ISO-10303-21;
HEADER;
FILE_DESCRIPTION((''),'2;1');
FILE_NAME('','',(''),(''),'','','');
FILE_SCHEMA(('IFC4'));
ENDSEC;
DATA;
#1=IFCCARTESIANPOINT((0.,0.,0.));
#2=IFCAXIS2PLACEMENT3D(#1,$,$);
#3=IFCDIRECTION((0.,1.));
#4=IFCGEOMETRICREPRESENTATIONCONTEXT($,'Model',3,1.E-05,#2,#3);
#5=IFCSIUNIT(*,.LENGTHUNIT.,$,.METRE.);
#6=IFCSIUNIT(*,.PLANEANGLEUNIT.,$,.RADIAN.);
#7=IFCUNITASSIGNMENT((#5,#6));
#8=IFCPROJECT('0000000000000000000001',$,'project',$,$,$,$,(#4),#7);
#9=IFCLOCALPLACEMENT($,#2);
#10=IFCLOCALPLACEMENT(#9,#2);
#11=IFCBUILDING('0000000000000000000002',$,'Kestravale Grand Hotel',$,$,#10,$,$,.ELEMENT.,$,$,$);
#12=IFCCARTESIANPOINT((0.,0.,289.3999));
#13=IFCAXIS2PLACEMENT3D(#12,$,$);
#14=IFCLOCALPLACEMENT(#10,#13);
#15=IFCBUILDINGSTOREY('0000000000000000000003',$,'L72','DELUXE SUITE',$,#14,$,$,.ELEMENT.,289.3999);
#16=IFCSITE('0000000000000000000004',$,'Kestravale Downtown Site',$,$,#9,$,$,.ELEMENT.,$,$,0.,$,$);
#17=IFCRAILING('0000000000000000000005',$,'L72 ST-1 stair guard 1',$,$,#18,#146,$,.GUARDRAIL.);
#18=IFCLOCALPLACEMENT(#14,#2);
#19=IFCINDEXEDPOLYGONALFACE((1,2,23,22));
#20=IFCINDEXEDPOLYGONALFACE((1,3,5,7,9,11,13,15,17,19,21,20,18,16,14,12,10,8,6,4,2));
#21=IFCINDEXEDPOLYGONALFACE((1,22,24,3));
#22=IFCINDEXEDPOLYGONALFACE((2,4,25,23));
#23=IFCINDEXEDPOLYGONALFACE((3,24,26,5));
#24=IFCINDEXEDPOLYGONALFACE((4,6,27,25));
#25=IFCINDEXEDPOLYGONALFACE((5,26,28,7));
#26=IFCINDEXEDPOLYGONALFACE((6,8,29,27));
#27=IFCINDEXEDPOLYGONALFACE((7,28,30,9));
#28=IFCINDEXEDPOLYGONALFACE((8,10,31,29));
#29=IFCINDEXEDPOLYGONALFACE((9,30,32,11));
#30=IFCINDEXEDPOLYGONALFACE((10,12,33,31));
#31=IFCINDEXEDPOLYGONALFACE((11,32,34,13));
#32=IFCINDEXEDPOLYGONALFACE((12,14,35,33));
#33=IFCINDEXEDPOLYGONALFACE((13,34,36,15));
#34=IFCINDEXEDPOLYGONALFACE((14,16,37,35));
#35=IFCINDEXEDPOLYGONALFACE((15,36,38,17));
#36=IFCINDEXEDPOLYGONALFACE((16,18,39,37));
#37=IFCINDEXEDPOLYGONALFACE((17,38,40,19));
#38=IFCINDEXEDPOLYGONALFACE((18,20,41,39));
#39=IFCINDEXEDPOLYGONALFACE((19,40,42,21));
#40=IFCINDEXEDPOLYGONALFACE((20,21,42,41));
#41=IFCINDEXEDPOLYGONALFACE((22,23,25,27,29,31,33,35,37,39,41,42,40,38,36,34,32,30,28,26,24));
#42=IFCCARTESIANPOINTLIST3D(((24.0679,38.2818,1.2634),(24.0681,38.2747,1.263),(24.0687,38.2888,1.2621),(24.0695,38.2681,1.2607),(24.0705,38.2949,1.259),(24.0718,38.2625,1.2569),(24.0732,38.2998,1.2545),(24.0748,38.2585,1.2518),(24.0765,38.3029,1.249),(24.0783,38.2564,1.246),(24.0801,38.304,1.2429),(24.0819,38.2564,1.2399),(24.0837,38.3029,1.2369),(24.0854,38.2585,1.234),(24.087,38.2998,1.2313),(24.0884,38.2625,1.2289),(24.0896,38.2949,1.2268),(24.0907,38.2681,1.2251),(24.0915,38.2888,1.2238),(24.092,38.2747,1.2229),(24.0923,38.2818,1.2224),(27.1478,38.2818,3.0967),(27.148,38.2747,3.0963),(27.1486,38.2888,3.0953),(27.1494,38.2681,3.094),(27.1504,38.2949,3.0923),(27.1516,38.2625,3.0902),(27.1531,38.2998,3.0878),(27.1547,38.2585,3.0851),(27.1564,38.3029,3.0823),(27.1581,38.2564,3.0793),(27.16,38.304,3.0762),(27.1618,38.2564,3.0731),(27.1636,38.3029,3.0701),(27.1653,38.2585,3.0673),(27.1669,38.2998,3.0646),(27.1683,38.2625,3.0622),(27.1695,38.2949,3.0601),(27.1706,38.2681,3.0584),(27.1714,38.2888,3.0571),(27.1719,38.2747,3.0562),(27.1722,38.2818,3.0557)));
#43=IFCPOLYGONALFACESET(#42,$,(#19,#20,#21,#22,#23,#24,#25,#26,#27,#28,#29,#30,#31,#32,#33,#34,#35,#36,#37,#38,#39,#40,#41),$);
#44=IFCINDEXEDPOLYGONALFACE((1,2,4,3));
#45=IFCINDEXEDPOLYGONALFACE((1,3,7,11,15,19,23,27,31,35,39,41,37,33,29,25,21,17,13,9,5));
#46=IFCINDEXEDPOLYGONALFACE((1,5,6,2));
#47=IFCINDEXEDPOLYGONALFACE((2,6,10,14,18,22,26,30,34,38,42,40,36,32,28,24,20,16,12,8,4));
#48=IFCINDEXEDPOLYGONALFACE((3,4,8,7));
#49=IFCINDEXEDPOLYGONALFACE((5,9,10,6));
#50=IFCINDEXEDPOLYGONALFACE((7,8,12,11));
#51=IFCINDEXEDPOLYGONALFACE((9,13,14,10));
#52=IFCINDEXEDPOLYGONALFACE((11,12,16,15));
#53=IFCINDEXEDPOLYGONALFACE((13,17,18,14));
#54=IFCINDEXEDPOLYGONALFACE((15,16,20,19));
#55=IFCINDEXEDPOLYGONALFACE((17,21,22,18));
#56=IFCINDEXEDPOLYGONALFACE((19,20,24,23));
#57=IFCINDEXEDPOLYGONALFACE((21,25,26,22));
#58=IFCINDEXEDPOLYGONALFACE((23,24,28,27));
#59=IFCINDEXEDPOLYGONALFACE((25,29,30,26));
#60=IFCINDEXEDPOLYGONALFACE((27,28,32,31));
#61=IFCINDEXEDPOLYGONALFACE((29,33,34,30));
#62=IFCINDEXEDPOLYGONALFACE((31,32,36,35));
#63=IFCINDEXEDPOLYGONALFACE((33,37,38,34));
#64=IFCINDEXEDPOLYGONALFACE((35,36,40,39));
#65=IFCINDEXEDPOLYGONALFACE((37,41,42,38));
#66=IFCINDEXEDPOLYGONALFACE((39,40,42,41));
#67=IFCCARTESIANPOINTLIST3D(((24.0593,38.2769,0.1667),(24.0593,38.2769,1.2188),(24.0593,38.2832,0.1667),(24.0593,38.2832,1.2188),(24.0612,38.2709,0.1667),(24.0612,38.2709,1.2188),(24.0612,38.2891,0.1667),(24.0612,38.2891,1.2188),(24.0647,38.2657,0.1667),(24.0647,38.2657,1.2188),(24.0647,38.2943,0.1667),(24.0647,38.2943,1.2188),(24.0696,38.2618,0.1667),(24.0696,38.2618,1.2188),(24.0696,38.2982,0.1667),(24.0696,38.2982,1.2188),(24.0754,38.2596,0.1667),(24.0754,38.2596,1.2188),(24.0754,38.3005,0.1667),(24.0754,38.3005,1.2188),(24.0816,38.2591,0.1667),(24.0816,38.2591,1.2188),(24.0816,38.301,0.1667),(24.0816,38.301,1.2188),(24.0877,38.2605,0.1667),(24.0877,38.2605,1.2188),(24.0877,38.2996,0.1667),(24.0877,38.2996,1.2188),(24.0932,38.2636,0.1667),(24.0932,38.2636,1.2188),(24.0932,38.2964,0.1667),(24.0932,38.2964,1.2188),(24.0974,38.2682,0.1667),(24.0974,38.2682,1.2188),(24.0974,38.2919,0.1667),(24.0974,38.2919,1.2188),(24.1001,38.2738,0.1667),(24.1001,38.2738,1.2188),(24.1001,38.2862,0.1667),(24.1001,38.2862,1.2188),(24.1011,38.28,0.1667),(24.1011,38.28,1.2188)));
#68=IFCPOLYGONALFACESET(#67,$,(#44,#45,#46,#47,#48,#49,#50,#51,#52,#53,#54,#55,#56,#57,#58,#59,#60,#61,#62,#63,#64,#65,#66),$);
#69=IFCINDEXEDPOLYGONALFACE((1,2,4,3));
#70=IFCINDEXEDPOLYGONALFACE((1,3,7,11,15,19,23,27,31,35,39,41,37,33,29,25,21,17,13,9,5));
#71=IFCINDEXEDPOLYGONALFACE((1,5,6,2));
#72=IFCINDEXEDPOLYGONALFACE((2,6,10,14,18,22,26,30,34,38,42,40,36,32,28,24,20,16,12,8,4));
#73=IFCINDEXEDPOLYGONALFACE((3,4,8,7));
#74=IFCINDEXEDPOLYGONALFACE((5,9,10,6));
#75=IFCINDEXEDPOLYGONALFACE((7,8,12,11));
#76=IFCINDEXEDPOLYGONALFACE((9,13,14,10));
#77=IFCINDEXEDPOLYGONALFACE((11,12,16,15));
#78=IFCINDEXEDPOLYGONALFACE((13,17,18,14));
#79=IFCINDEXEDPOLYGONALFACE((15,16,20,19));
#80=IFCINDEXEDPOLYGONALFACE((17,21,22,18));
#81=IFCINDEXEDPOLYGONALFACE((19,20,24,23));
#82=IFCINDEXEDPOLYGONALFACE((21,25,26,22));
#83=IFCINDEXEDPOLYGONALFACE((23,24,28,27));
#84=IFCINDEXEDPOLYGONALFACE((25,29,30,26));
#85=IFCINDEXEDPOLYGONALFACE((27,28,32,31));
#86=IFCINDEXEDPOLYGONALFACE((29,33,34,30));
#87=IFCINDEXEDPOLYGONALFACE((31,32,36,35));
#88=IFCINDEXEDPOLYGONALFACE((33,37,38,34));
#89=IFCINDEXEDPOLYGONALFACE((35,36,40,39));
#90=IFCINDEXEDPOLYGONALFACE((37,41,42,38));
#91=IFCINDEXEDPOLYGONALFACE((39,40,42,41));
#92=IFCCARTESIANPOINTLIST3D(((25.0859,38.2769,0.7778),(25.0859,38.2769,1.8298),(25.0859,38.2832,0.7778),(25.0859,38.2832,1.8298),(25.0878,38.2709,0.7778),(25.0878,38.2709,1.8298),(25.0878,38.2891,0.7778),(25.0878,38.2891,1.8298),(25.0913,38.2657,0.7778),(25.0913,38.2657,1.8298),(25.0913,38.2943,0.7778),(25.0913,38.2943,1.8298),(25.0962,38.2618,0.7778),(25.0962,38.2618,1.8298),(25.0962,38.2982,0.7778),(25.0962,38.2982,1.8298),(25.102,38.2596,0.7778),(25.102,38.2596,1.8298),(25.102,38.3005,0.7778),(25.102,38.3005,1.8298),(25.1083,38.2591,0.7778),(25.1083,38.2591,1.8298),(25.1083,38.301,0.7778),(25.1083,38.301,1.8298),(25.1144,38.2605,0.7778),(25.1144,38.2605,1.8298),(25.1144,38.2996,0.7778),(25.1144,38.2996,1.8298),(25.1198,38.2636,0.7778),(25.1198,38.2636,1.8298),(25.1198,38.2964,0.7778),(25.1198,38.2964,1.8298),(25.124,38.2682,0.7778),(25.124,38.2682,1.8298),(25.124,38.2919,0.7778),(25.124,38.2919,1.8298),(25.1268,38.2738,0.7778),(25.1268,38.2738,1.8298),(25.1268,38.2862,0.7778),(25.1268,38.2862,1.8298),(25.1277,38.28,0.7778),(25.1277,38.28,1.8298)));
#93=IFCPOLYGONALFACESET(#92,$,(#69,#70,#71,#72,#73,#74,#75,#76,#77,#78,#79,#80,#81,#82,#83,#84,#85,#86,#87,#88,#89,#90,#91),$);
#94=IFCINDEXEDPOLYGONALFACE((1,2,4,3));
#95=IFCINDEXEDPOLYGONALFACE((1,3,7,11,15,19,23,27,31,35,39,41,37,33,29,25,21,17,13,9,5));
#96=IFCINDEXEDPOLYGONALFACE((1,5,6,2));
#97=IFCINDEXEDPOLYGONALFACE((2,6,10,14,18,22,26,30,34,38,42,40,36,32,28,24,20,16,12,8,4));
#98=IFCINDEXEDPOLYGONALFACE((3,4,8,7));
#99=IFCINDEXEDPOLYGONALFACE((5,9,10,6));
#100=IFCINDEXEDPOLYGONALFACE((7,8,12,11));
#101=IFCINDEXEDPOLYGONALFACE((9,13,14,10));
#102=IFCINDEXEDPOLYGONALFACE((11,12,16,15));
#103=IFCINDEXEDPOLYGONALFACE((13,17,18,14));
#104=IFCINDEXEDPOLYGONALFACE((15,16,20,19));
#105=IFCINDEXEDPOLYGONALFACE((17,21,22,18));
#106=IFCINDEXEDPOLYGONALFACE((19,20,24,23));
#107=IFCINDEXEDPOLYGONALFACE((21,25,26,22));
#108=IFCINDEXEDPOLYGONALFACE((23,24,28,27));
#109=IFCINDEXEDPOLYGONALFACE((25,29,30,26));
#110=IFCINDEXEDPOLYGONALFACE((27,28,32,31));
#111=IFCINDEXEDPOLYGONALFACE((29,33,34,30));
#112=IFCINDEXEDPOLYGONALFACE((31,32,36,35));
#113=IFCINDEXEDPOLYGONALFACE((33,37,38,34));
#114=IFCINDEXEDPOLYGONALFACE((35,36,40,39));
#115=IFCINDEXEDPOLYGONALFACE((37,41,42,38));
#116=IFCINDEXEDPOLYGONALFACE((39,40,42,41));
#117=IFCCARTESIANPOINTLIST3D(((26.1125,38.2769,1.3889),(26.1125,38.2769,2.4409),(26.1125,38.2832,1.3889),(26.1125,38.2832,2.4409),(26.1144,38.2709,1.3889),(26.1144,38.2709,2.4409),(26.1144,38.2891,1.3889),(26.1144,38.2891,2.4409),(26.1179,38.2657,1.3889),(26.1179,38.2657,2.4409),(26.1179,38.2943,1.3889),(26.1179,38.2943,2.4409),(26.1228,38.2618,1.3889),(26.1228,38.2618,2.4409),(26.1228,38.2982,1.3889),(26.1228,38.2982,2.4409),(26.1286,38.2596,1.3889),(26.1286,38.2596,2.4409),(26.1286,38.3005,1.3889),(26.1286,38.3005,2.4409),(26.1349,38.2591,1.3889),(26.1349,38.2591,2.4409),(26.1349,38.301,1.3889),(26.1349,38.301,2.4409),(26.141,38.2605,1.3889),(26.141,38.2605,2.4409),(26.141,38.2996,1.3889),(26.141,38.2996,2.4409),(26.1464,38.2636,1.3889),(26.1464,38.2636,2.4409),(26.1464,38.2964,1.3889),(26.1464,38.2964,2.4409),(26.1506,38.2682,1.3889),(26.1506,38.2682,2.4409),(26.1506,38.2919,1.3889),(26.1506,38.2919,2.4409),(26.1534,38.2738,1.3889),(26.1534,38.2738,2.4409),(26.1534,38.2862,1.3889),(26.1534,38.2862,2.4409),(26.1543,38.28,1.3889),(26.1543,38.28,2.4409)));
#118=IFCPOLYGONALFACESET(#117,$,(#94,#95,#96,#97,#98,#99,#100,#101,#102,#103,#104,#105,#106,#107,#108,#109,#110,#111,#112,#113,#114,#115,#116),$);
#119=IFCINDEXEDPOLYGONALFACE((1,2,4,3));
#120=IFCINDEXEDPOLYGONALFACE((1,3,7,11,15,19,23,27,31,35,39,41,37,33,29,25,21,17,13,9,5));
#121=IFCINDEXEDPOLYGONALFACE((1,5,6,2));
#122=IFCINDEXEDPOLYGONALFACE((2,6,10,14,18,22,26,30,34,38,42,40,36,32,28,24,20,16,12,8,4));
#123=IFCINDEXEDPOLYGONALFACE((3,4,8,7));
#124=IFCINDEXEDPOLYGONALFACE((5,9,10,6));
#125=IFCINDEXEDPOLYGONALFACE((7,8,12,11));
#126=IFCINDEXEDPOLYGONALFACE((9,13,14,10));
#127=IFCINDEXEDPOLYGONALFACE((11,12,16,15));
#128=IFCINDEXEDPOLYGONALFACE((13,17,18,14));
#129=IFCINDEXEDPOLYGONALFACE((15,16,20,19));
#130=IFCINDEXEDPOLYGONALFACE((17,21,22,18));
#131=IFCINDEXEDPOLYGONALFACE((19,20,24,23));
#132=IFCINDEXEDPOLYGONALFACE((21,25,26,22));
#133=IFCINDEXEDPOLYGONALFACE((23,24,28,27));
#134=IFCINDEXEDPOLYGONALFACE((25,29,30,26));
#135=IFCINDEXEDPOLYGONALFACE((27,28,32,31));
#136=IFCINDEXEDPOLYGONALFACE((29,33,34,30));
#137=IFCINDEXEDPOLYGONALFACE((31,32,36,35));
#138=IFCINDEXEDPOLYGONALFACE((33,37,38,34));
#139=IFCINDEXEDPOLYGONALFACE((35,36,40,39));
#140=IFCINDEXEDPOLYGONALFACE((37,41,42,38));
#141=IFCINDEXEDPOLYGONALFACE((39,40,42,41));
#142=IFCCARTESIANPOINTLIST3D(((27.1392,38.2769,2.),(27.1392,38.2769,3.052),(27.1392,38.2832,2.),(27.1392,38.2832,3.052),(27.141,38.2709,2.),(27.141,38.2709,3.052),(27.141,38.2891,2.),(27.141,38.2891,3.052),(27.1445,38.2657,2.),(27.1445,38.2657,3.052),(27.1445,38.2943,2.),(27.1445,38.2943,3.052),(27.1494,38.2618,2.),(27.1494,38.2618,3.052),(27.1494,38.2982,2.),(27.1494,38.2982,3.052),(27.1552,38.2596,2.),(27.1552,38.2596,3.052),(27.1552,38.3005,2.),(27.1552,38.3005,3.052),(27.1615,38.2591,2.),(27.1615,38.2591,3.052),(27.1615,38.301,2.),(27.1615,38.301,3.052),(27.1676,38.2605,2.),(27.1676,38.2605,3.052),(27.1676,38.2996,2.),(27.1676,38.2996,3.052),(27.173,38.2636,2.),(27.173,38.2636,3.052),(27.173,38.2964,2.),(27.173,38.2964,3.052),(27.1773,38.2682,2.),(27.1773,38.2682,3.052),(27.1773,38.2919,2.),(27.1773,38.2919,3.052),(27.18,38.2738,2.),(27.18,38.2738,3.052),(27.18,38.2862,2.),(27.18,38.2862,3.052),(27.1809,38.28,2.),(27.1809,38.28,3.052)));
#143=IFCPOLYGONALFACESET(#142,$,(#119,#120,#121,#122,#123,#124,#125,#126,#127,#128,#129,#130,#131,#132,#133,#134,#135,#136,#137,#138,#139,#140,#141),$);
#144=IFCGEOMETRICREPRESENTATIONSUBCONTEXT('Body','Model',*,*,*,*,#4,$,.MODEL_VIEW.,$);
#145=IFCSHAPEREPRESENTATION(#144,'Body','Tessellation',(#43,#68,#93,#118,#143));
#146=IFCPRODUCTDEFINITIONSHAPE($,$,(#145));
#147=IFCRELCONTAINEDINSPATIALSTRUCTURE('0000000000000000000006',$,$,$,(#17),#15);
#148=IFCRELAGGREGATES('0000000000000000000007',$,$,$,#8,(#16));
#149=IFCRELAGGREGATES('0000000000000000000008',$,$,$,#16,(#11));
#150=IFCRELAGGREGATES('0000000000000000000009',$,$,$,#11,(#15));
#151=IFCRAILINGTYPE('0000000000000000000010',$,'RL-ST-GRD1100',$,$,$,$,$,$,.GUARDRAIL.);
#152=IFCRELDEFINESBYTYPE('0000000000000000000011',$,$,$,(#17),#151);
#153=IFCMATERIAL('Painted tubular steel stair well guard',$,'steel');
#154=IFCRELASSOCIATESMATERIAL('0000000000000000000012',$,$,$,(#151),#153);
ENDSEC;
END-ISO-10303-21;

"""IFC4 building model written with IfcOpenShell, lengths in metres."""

from ifc_helpers import new_model, si_unit, direction, frame, origin, origin_2d, place, context, subcontext, project, spatial, circle, extrude, material, type_object, element, save


model = new_model("IFC4")

# Units and contexts
model_context = context("Model", 3, precision=1e-05, world=origin(), true_north=direction((0.0, 1.0)))
body_context = subcontext(model_context, "Body", "Model", "MODEL_VIEW")
ifc_project = project(units=[si_unit("LENGTHUNIT", "METRE"), si_unit("PLANEANGLEUNIT", "RADIAN")], contexts=[model_context])

# Site, building, storey
site_placement = place(None, origin())
site = spatial("IfcSite", under=ifc_project, at=site_placement, Name="Kestravale Downtown Site", CompositionType="ELEMENT", RefElevation=0.0)
building_placement = place(site_placement, origin())
building = spatial("IfcBuilding", under=site, at=building_placement, Name="Kestravale Grand Hotel", CompositionType="ELEMENT")
storey_placement = place(building_placement, frame((0.0, 0.0, 289.3999)))
storey = spatial("IfcBuildingStorey", under=building, at=storey_placement, Name="L72", Description="DELUXE SUITE", CompositionType="ELEMENT", Elevation=289.3999)

# Railing
ifc_material_1 = material(Name="Painted tubular steel stair well guard", Category="steel")
railing_type_1 = type_object("IfcRailingType", Name="RL-ST-GRD1100", PredefinedType="GUARDRAIL", material=ifc_material_1)
railing_1_placement = place(storey_placement, frame((24.0801, 38.28, 0.1667)))
element("IfcRailing", 1, at=railing_1_placement, inside=storey, type_object=railing_type_1, Name="L72 ST-1 stair guard 1", PredefinedType="GUARDRAIL", context=body_context, shape_type="SweptSolid", body=[
    extrude(circle(Radius=0.0239, at=origin_2d()), frame((0.0, 0.0, 1.0762), z_axis=(0.859291, 0.0, 0.511487), x_axis=(0.0, 1.0, 0.0)), (0.0, 0.0, 1.0), 3.5842),
    extrude(circle(Radius=0.021, at=origin_2d()), origin(), (0.0, 0.0, 1.0), 1.052),
    extrude(circle(Radius=0.021, at=origin_2d()), frame((1.0266, 0.0, 0.6111)), (0.0, 0.0, 1.0), 1.052),
    extrude(circle(Radius=0.021, at=origin_2d()), frame((2.0532, 0.0, 1.2222)), (0.0, 0.0, 1.0), 1.052),
    extrude(circle(Radius=0.021, at=origin_2d()), frame((3.0798, 0.0, 1.8333)), (0.0, 0.0, 1.0), 1.052),
])

save(model, "model.ifc")
